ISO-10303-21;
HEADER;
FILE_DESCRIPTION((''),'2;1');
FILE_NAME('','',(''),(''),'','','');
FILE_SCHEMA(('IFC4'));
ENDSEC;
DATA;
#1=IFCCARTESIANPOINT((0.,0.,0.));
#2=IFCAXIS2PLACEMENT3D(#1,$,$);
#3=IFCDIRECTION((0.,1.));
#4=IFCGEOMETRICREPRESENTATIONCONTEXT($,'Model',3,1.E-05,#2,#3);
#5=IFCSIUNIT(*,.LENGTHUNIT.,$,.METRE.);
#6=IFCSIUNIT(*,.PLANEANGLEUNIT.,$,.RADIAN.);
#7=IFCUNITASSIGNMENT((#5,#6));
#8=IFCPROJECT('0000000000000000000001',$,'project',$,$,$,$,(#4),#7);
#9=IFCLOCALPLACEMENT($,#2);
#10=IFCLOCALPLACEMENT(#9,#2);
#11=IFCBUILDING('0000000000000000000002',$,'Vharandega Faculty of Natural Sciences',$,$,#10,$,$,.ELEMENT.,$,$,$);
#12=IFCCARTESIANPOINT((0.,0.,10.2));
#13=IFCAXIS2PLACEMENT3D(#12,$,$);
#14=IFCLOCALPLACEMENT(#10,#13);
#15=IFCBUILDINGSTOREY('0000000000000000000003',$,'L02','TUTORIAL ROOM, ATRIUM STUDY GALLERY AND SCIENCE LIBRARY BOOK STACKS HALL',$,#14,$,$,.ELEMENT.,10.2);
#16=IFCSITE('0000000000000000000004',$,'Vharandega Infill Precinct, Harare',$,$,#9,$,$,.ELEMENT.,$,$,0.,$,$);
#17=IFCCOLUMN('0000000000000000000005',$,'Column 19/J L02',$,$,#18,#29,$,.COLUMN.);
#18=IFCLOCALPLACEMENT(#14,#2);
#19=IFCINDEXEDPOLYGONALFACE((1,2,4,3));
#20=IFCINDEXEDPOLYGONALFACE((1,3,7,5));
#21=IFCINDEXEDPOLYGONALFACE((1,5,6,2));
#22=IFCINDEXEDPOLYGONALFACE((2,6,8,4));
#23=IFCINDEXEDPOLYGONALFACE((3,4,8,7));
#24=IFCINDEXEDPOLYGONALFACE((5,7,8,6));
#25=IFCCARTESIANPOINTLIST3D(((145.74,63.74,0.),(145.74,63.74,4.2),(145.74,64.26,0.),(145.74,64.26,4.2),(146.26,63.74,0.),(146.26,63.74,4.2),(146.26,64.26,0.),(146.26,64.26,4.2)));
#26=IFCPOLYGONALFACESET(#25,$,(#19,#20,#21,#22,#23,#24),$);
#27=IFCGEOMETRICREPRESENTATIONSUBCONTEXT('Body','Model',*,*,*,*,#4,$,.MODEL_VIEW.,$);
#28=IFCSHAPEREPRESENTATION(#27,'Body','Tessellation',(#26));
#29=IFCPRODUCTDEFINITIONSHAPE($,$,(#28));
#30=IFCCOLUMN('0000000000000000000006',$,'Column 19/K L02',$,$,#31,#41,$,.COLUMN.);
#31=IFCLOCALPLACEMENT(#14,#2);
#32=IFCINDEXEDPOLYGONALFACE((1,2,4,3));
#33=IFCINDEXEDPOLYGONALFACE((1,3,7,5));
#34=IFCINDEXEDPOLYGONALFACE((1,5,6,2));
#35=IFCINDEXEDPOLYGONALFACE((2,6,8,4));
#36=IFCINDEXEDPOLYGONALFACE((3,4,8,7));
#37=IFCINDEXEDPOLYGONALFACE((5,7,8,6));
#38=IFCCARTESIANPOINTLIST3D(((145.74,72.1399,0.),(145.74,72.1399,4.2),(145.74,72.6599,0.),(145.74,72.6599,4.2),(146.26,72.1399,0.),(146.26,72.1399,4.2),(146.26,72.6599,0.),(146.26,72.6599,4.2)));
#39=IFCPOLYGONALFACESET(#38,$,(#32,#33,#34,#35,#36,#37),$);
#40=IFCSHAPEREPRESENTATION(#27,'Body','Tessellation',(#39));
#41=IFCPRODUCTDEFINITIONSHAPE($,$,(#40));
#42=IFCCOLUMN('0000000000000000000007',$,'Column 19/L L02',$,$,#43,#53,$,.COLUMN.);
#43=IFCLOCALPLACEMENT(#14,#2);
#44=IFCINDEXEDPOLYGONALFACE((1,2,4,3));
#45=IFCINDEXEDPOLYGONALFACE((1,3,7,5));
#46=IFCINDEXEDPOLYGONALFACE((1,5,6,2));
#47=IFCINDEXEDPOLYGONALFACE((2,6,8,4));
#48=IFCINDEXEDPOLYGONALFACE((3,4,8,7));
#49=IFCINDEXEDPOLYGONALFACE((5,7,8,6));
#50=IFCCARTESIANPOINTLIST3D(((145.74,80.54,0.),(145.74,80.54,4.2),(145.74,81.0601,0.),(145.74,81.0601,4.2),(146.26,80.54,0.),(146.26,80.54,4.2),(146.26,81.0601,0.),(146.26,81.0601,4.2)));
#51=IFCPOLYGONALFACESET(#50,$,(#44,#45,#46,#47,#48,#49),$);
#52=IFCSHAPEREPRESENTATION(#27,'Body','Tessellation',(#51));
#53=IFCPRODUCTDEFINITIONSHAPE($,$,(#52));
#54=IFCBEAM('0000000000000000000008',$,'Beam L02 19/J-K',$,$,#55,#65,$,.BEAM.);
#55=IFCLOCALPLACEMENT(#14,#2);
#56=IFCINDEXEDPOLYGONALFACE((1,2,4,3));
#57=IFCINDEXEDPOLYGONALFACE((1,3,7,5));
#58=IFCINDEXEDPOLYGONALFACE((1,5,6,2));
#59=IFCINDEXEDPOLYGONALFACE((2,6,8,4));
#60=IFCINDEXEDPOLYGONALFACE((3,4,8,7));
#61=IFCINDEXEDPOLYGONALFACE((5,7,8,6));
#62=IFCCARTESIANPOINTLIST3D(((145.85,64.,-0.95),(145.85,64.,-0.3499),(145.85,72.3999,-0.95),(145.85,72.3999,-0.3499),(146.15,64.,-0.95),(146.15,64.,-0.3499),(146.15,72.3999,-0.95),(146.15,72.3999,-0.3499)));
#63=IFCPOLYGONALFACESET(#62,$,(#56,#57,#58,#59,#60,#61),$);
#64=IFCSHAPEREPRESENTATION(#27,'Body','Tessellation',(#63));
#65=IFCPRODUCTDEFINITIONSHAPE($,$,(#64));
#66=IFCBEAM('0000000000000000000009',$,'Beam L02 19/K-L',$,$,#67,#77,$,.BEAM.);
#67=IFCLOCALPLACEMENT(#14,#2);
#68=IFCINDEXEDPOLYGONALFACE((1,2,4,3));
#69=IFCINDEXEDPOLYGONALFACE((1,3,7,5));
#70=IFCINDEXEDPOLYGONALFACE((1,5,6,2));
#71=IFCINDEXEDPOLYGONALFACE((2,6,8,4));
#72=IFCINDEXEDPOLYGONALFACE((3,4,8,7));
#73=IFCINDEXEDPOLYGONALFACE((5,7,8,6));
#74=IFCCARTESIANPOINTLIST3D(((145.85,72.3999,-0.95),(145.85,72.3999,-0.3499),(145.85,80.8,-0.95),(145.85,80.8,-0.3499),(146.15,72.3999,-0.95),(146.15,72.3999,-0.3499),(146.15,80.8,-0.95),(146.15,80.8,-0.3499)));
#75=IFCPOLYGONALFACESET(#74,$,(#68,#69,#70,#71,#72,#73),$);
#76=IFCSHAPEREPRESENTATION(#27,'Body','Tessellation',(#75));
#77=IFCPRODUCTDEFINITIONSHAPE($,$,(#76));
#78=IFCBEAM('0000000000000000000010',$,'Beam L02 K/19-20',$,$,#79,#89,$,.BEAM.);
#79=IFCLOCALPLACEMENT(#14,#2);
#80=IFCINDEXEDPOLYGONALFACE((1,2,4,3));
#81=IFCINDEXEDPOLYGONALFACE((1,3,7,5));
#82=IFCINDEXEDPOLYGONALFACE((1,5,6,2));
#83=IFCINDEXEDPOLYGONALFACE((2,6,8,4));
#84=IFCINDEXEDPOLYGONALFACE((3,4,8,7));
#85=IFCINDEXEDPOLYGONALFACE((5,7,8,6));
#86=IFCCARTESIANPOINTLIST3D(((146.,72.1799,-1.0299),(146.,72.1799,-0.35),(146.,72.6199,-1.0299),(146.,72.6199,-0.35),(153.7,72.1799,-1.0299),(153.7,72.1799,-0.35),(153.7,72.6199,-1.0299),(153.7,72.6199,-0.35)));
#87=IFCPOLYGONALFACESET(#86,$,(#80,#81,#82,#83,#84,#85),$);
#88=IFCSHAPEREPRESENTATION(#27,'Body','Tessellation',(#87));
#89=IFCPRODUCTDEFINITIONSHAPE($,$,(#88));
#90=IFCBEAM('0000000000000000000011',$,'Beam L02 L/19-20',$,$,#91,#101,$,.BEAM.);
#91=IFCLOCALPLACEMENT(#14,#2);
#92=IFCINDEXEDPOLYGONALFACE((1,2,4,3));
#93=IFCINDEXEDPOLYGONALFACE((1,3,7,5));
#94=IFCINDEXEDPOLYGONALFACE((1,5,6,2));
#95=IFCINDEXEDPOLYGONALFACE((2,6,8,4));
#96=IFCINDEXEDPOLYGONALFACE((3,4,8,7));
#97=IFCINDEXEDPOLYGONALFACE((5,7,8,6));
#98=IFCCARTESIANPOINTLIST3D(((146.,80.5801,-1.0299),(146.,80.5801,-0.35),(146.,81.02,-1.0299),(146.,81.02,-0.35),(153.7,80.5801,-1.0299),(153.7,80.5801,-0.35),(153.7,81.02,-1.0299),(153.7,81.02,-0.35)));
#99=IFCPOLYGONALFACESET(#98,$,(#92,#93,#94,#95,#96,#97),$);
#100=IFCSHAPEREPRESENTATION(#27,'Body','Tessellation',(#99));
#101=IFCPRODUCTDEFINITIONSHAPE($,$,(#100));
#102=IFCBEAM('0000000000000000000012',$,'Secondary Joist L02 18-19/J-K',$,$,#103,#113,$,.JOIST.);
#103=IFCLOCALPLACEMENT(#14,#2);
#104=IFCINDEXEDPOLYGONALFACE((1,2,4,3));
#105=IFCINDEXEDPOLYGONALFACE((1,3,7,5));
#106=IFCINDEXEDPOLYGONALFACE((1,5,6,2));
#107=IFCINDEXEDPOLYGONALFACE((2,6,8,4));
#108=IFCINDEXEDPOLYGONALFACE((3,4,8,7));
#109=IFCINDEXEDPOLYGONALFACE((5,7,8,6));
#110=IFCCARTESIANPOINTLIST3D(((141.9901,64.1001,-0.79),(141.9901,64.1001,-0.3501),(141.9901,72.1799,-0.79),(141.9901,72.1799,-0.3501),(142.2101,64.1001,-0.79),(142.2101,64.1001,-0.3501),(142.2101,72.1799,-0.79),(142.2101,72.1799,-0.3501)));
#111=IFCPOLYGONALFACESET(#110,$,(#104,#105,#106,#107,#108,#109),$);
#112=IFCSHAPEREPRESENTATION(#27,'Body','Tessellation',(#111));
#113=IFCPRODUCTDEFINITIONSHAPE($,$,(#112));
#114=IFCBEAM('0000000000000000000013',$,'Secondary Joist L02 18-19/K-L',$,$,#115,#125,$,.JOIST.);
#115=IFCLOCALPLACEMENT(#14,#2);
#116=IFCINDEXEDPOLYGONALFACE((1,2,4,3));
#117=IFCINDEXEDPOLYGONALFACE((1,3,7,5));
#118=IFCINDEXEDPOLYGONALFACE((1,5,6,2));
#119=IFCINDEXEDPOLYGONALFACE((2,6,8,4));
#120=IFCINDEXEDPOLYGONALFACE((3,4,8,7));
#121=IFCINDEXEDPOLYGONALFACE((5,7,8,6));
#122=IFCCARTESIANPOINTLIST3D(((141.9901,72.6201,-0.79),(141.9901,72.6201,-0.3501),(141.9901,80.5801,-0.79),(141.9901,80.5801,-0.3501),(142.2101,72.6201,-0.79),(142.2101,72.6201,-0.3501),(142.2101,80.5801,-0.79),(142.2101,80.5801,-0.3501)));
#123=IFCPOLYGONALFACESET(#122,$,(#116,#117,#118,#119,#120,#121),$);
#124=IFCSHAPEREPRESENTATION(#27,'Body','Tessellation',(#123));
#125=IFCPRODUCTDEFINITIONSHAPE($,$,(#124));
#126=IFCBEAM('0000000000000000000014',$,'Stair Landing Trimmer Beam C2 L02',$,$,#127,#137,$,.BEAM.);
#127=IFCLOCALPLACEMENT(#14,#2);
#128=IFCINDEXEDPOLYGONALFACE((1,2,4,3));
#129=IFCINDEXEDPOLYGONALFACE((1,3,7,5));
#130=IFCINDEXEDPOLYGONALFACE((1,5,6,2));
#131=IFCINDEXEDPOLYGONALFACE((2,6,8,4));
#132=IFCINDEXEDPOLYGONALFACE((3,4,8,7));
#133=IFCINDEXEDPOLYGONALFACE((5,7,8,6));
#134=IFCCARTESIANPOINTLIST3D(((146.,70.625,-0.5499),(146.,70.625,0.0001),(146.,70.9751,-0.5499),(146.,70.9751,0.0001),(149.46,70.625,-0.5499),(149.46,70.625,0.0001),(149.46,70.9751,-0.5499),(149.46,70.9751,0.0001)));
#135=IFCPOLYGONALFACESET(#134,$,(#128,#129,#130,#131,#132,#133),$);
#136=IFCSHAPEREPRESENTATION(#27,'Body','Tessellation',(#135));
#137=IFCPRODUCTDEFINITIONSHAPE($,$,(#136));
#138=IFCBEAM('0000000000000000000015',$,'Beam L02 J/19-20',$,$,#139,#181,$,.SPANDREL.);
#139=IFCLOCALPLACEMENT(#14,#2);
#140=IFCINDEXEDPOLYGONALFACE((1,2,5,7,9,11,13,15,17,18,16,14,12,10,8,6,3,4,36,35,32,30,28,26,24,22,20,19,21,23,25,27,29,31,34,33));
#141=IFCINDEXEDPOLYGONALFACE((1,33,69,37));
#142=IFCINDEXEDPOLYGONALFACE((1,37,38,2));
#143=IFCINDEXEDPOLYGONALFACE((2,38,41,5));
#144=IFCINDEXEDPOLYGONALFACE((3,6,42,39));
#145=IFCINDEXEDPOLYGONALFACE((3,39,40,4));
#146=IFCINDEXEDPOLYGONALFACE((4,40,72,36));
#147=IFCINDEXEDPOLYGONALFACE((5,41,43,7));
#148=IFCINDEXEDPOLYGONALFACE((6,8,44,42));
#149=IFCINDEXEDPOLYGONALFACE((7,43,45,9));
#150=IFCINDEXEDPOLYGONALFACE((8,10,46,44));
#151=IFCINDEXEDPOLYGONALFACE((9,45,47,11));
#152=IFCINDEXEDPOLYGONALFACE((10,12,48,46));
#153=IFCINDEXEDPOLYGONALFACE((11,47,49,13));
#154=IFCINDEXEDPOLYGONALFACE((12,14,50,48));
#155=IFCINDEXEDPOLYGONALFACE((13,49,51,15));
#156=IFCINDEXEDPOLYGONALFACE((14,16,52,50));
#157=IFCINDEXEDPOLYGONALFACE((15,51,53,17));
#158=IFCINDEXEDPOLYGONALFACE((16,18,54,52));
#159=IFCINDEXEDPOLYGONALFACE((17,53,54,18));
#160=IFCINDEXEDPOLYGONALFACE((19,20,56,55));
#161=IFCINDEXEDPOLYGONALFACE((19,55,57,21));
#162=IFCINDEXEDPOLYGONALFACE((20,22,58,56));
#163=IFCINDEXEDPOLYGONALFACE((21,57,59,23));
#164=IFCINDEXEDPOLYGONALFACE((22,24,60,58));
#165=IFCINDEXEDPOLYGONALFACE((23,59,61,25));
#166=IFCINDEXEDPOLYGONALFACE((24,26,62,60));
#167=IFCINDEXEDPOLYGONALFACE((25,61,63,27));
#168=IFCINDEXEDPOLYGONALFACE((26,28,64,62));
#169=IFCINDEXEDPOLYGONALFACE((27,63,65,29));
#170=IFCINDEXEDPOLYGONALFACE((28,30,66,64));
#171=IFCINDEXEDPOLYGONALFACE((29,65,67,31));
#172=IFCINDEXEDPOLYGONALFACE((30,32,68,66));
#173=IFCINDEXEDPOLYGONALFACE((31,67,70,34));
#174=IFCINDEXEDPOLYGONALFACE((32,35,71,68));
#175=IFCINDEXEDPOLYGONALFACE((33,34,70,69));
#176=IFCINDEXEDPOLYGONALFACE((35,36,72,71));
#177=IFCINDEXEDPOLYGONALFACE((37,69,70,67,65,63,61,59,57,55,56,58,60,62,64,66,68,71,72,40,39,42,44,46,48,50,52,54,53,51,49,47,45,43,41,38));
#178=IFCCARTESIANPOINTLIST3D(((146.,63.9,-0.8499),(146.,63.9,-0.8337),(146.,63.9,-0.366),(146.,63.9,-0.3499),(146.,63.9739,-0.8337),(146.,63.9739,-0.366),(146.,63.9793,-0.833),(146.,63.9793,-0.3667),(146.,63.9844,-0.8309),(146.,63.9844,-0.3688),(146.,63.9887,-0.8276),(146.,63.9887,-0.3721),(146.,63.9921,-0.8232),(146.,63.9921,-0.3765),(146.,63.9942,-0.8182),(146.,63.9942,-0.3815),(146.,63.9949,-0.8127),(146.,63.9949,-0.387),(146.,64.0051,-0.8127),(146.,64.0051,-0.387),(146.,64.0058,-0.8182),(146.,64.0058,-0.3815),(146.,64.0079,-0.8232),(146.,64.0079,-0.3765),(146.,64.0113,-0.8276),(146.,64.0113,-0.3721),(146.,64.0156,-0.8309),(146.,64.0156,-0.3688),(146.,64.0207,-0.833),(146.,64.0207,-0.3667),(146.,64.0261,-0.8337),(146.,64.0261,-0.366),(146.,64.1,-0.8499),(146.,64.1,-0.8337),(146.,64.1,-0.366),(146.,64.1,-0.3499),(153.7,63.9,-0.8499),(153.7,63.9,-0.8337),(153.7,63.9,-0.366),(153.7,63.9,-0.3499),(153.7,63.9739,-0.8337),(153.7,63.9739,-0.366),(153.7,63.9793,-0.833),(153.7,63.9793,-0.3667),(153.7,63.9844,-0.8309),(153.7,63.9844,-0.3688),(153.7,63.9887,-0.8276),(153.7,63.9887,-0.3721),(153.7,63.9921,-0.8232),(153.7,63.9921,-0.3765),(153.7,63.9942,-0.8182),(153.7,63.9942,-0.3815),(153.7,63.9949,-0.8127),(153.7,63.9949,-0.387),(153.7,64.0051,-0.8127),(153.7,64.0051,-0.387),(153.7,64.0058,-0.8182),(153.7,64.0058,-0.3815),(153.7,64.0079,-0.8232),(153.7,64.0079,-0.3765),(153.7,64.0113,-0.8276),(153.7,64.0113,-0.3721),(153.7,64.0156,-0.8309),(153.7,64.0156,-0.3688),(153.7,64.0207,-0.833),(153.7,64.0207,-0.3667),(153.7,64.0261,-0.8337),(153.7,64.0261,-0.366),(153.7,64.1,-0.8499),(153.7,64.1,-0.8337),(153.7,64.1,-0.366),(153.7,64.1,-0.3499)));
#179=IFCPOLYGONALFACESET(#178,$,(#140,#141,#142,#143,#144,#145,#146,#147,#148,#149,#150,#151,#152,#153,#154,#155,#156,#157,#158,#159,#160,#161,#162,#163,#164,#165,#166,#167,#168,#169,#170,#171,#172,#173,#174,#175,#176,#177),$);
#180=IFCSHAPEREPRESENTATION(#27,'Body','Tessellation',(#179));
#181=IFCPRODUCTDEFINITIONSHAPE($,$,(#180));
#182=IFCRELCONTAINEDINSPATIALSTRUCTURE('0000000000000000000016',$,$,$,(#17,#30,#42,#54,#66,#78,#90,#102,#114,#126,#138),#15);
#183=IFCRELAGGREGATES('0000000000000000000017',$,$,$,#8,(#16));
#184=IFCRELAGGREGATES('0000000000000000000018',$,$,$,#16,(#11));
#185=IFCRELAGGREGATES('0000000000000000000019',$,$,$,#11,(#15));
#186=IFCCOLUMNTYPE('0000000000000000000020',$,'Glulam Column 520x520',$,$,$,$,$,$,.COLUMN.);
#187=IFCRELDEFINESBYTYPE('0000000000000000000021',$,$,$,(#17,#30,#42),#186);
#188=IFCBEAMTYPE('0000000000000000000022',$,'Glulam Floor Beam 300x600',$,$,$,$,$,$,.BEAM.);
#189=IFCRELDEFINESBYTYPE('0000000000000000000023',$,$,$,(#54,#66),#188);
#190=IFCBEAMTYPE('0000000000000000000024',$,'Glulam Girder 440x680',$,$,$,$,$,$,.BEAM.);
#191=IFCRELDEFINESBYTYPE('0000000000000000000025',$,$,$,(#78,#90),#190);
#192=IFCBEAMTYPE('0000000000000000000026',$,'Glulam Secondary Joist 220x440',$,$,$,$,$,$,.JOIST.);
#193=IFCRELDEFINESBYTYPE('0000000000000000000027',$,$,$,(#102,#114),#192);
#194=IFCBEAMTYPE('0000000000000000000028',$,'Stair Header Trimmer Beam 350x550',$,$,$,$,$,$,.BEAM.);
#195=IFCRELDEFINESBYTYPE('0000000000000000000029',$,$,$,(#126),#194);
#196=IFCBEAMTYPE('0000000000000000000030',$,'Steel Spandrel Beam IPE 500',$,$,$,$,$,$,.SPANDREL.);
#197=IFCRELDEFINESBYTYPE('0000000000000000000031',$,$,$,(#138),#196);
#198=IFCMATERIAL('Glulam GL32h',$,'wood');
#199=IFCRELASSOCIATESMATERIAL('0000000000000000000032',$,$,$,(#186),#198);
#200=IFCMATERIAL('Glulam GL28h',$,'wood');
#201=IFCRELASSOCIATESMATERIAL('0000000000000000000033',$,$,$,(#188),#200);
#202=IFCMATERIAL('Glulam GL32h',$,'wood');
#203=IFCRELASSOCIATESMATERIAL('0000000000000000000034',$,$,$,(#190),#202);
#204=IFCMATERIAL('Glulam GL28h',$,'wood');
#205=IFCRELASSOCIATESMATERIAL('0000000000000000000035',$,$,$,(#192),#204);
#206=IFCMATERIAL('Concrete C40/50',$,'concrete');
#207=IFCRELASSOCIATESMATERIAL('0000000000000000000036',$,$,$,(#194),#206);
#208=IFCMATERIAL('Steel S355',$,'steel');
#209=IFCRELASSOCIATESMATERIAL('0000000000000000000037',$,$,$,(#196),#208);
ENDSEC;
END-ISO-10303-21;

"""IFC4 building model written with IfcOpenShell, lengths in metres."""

from ifc_helpers import new_model, si_unit, direction, frame, origin, origin_2d, place, context, subcontext, project, spatial, rectangle, i_section, extrude, material, material_profile, profile_set, type_object, element, save


model = new_model("IFC4")

# Units and contexts
model_context = context("Model", 3, precision=1e-05, world=origin(), true_north=direction((0.0, 1.0)))
body_context = subcontext(model_context, "Body", "Model", "MODEL_VIEW")
ifc_project = project(units=[si_unit("LENGTHUNIT", "METRE"), si_unit("PLANEANGLEUNIT", "RADIAN")], contexts=[model_context])

# Site, building, storey
site_placement = place(None, origin())
site = spatial("IfcSite", under=ifc_project, at=site_placement, Name="Vharandega Infill Precinct, Harare", CompositionType="ELEMENT", RefElevation=0.0)
building_placement = place(site_placement, origin())
building = spatial("IfcBuilding", under=site, at=building_placement, Name="Vharandega Faculty of Natural Sciences", CompositionType="ELEMENT")
storey_placement = place(building_placement, frame((0.0, 0.0, 10.2)))
storey = spatial("IfcBuildingStorey", under=building, at=storey_placement, Name="L02", Description="TUTORIAL ROOM, ATRIUM STUDY GALLERY AND SCIENCE LIBRARY BOOK STACKS HALL", CompositionType="ELEMENT", Elevation=10.2)

# Columns
ifc_material_1 = material(Name="Glulam GL32h", Category="wood")
ifc_material_profile_1 = material_profile(ifc_material_1, rectangle(XDim=0.52, YDim=0.52, at=origin_2d()), Name="GL32h 520x520")
ifc_profile_set_1 = profile_set([ifc_material_profile_1], Name="Glulam GL32h")
column_type = type_object("IfcColumnType", Name="Glulam Column 520x520", PredefinedType="COLUMN", material=ifc_profile_set_1)
for number, where, z_axis, x_axis, name in (
    (1, (146.0, 64.0, 0.0), (0.0, 0.0, 1.0), (1.0, 0.0, 0.0), "Column 19/J L02"),
    (2, (146.0, 72.3999, 0.0), (0.0, 0.0, 1.0), (1.0, 0.0, 0.0), "Column 19/K L02"),
    (3, (146.0, 80.8, 0.0), (0.0, 0.0, 1.0), (1.0, 0.0, 0.0), "Column 19/L L02"),
):
    element("IfcColumn", number, at=place(storey_placement, frame(where, z_axis=z_axis, x_axis=x_axis)), inside=storey, type_object=column_type, Name=name, PredefinedType="COLUMN", context=body_context, shape_type="SweptSolid", body=[
        extrude(rectangle(XDim=0.52, YDim=0.52, at=origin_2d()), origin(), (0.0, 0.0, 1.0), 4.2),
    ])

# Beams
ifc_material_2 = material(Name="Glulam GL28h", Category="wood")
ifc_material_profile_2 = material_profile(ifc_material_2, rectangle(XDim=0.3, YDim=0.6001, at=origin_2d()), Name="GL28h 300x600")
ifc_profile_set_2 = profile_set([ifc_material_profile_2], Name="Glulam GL28h")
beam_type_1 = type_object("IfcBeamType", Name="Glulam Floor Beam 300x600", PredefinedType="BEAM", material=ifc_profile_set_2)
beam_1_placement = place(storey_placement, frame((146.0, 64.0, -0.6499), z_axis=(0.0, 1.0, 0.0), x_axis=(-1.0, 0.0, 0.0)))
element("IfcBeam", 4, at=beam_1_placement, inside=storey, type_object=beam_type_1, Name="Beam L02 19/J-K", PredefinedType="BEAM", context=body_context, shape_type="SweptSolid", body=[
    extrude(rectangle(XDim=0.3, YDim=0.6001, at=origin_2d()), origin(), (0.0, 0.0, 1.0), 8.3999),
])
beam_2_placement = place(storey_placement, frame((146.0, 72.3999, -0.6499), z_axis=(0.0, 1.0, 0.0), x_axis=(-1.0, 0.0, 0.0)))
element("IfcBeam", 5, at=beam_2_placement, inside=storey, type_object=beam_type_1, Name="Beam L02 19/K-L", PredefinedType="BEAM", context=body_context, shape_type="SweptSolid", body=[
    extrude(rectangle(XDim=0.3, YDim=0.6001, at=origin_2d()), origin(), (0.0, 0.0, 1.0), 8.4001),
])
ifc_material_3 = material(Name="Glulam GL32h", Category="wood")
ifc_material_profile_3 = material_profile(ifc_material_3, rectangle(XDim=0.4399, YDim=0.6799, at=origin_2d()), Name="GL32h 440x680")
ifc_profile_set_3 = profile_set([ifc_material_profile_3], Name="Glulam GL32h")
beam_type_2 = type_object("IfcBeamType", Name="Glulam Girder 440x680", PredefinedType="BEAM", material=ifc_profile_set_3)
for number, where, z_axis, x_axis, name in (
    (6, (146.0, 72.3999, -0.6899), (1.0, 0.0, 0.0), (0.0, 1.0, 0.0), "Beam L02 K/19-20"),
    (7, (146.0, 80.8, -0.6899), (1.0, 0.0, 0.0), (0.0, 1.0, 0.0), "Beam L02 L/19-20"),
):
    element("IfcBeam", number, at=place(storey_placement, frame(where, z_axis=z_axis, x_axis=x_axis)), inside=storey, type_object=beam_type_2, Name=name, PredefinedType="BEAM", context=body_context, shape_type="SweptSolid", body=[
        extrude(rectangle(XDim=0.4399, YDim=0.6799, at=origin_2d()), origin(), (0.0, 0.0, 1.0), 7.7),
    ])
ifc_material_4 = material(Name="Glulam GL28h", Category="wood")
ifc_material_profile_4 = material_profile(ifc_material_4, rectangle(XDim=0.22, YDim=0.4399, at=origin_2d()), Name="GL28h 220x440")
ifc_profile_set_4 = profile_set([ifc_material_profile_4], Name="Glulam GL28h")
beam_type_3 = type_object("IfcBeamType", Name="Glulam Secondary Joist 220x440", PredefinedType="JOIST", material=ifc_profile_set_4)
beam_3_placement = place(storey_placement, frame((142.1001, 64.1001, -0.5701), z_axis=(0.0, 1.0, 0.0), x_axis=(-1.0, 0.0, 0.0)))
element("IfcBeam", 8, at=beam_3_placement, inside=storey, type_object=beam_type_3, Name="Secondary Joist L02 18-19/J-K", PredefinedType="JOIST", context=body_context, shape_type="SweptSolid", body=[
    extrude(rectangle(XDim=0.22, YDim=0.4399, at=origin_2d()), origin(), (0.0, 0.0, 1.0), 8.0798),
])
beam_4_placement = place(storey_placement, frame((142.1001, 72.6201, -0.5701), z_axis=(0.0, 1.0, 0.0), x_axis=(-1.0, 0.0, 0.0)))
element("IfcBeam", 9, at=beam_4_placement, inside=storey, type_object=beam_type_3, Name="Secondary Joist L02 18-19/K-L", PredefinedType="JOIST", context=body_context, shape_type="SweptSolid", body=[
    extrude(rectangle(XDim=0.22, YDim=0.4399, at=origin_2d()), origin(), (0.0, 0.0, 1.0), 7.96),
])
ifc_material_5 = material(Name="Concrete C40/50", Category="concrete")
ifc_material_profile_5 = material_profile(ifc_material_5, rectangle(XDim=0.3501, YDim=0.55, at=origin_2d()), Name="RC 350x550")
ifc_profile_set_5 = profile_set([ifc_material_profile_5], Name="Concrete C40/50")
beam_type_4 = type_object("IfcBeamType", Name="Stair Header Trimmer Beam 350x550", PredefinedType="BEAM", material=ifc_profile_set_5)
beam_5_placement = place(storey_placement, frame((146.0, 70.8, -0.2749), z_axis=(1.0, 0.0, 0.0), x_axis=(0.0, 1.0, 0.0)))
element("IfcBeam", 10, at=beam_5_placement, inside=storey, type_object=beam_type_4, Name="Stair Landing Trimmer Beam C2 L02", PredefinedType="BEAM", context=body_context, shape_type="SweptSolid", body=[
    extrude(rectangle(XDim=0.3501, YDim=0.55, at=origin_2d()), origin(), (0.0, 0.0, 1.0), 3.46),
])
ifc_material_6 = material(Name="Steel S355", Category="steel")
ifc_material_profile_6 = material_profile(ifc_material_6, i_section(OverallWidth=0.2, OverallDepth=0.5, WebThickness=0.0103, FlangeThickness=0.0161, FilletRadius=0.021, at=origin_2d()), Name="IPE 500")
ifc_profile_set_6 = profile_set([ifc_material_profile_6], Name="Steel S355")
beam_type_5 = type_object("IfcBeamType", Name="Steel Spandrel Beam IPE 500", PredefinedType="SPANDREL", material=ifc_profile_set_6)
beam_6_placement = place(storey_placement, frame((146.0, 64.0, -0.5999), z_axis=(1.0, 0.0, 0.0), x_axis=(0.0, 1.0, 0.0)))
element("IfcBeam", 11, at=beam_6_placement, inside=storey, type_object=beam_type_5, Name="Beam L02 J/19-20", PredefinedType="SPANDREL", context=body_context, shape_type="SweptSolid", body=[
    extrude(i_section(OverallWidth=0.2, OverallDepth=0.5, WebThickness=0.0103, FlangeThickness=0.0161, FilletRadius=0.021, at=origin_2d()), origin(), (0.0, 0.0, 1.0), 7.7),
])

save(model, "model.ifc")
